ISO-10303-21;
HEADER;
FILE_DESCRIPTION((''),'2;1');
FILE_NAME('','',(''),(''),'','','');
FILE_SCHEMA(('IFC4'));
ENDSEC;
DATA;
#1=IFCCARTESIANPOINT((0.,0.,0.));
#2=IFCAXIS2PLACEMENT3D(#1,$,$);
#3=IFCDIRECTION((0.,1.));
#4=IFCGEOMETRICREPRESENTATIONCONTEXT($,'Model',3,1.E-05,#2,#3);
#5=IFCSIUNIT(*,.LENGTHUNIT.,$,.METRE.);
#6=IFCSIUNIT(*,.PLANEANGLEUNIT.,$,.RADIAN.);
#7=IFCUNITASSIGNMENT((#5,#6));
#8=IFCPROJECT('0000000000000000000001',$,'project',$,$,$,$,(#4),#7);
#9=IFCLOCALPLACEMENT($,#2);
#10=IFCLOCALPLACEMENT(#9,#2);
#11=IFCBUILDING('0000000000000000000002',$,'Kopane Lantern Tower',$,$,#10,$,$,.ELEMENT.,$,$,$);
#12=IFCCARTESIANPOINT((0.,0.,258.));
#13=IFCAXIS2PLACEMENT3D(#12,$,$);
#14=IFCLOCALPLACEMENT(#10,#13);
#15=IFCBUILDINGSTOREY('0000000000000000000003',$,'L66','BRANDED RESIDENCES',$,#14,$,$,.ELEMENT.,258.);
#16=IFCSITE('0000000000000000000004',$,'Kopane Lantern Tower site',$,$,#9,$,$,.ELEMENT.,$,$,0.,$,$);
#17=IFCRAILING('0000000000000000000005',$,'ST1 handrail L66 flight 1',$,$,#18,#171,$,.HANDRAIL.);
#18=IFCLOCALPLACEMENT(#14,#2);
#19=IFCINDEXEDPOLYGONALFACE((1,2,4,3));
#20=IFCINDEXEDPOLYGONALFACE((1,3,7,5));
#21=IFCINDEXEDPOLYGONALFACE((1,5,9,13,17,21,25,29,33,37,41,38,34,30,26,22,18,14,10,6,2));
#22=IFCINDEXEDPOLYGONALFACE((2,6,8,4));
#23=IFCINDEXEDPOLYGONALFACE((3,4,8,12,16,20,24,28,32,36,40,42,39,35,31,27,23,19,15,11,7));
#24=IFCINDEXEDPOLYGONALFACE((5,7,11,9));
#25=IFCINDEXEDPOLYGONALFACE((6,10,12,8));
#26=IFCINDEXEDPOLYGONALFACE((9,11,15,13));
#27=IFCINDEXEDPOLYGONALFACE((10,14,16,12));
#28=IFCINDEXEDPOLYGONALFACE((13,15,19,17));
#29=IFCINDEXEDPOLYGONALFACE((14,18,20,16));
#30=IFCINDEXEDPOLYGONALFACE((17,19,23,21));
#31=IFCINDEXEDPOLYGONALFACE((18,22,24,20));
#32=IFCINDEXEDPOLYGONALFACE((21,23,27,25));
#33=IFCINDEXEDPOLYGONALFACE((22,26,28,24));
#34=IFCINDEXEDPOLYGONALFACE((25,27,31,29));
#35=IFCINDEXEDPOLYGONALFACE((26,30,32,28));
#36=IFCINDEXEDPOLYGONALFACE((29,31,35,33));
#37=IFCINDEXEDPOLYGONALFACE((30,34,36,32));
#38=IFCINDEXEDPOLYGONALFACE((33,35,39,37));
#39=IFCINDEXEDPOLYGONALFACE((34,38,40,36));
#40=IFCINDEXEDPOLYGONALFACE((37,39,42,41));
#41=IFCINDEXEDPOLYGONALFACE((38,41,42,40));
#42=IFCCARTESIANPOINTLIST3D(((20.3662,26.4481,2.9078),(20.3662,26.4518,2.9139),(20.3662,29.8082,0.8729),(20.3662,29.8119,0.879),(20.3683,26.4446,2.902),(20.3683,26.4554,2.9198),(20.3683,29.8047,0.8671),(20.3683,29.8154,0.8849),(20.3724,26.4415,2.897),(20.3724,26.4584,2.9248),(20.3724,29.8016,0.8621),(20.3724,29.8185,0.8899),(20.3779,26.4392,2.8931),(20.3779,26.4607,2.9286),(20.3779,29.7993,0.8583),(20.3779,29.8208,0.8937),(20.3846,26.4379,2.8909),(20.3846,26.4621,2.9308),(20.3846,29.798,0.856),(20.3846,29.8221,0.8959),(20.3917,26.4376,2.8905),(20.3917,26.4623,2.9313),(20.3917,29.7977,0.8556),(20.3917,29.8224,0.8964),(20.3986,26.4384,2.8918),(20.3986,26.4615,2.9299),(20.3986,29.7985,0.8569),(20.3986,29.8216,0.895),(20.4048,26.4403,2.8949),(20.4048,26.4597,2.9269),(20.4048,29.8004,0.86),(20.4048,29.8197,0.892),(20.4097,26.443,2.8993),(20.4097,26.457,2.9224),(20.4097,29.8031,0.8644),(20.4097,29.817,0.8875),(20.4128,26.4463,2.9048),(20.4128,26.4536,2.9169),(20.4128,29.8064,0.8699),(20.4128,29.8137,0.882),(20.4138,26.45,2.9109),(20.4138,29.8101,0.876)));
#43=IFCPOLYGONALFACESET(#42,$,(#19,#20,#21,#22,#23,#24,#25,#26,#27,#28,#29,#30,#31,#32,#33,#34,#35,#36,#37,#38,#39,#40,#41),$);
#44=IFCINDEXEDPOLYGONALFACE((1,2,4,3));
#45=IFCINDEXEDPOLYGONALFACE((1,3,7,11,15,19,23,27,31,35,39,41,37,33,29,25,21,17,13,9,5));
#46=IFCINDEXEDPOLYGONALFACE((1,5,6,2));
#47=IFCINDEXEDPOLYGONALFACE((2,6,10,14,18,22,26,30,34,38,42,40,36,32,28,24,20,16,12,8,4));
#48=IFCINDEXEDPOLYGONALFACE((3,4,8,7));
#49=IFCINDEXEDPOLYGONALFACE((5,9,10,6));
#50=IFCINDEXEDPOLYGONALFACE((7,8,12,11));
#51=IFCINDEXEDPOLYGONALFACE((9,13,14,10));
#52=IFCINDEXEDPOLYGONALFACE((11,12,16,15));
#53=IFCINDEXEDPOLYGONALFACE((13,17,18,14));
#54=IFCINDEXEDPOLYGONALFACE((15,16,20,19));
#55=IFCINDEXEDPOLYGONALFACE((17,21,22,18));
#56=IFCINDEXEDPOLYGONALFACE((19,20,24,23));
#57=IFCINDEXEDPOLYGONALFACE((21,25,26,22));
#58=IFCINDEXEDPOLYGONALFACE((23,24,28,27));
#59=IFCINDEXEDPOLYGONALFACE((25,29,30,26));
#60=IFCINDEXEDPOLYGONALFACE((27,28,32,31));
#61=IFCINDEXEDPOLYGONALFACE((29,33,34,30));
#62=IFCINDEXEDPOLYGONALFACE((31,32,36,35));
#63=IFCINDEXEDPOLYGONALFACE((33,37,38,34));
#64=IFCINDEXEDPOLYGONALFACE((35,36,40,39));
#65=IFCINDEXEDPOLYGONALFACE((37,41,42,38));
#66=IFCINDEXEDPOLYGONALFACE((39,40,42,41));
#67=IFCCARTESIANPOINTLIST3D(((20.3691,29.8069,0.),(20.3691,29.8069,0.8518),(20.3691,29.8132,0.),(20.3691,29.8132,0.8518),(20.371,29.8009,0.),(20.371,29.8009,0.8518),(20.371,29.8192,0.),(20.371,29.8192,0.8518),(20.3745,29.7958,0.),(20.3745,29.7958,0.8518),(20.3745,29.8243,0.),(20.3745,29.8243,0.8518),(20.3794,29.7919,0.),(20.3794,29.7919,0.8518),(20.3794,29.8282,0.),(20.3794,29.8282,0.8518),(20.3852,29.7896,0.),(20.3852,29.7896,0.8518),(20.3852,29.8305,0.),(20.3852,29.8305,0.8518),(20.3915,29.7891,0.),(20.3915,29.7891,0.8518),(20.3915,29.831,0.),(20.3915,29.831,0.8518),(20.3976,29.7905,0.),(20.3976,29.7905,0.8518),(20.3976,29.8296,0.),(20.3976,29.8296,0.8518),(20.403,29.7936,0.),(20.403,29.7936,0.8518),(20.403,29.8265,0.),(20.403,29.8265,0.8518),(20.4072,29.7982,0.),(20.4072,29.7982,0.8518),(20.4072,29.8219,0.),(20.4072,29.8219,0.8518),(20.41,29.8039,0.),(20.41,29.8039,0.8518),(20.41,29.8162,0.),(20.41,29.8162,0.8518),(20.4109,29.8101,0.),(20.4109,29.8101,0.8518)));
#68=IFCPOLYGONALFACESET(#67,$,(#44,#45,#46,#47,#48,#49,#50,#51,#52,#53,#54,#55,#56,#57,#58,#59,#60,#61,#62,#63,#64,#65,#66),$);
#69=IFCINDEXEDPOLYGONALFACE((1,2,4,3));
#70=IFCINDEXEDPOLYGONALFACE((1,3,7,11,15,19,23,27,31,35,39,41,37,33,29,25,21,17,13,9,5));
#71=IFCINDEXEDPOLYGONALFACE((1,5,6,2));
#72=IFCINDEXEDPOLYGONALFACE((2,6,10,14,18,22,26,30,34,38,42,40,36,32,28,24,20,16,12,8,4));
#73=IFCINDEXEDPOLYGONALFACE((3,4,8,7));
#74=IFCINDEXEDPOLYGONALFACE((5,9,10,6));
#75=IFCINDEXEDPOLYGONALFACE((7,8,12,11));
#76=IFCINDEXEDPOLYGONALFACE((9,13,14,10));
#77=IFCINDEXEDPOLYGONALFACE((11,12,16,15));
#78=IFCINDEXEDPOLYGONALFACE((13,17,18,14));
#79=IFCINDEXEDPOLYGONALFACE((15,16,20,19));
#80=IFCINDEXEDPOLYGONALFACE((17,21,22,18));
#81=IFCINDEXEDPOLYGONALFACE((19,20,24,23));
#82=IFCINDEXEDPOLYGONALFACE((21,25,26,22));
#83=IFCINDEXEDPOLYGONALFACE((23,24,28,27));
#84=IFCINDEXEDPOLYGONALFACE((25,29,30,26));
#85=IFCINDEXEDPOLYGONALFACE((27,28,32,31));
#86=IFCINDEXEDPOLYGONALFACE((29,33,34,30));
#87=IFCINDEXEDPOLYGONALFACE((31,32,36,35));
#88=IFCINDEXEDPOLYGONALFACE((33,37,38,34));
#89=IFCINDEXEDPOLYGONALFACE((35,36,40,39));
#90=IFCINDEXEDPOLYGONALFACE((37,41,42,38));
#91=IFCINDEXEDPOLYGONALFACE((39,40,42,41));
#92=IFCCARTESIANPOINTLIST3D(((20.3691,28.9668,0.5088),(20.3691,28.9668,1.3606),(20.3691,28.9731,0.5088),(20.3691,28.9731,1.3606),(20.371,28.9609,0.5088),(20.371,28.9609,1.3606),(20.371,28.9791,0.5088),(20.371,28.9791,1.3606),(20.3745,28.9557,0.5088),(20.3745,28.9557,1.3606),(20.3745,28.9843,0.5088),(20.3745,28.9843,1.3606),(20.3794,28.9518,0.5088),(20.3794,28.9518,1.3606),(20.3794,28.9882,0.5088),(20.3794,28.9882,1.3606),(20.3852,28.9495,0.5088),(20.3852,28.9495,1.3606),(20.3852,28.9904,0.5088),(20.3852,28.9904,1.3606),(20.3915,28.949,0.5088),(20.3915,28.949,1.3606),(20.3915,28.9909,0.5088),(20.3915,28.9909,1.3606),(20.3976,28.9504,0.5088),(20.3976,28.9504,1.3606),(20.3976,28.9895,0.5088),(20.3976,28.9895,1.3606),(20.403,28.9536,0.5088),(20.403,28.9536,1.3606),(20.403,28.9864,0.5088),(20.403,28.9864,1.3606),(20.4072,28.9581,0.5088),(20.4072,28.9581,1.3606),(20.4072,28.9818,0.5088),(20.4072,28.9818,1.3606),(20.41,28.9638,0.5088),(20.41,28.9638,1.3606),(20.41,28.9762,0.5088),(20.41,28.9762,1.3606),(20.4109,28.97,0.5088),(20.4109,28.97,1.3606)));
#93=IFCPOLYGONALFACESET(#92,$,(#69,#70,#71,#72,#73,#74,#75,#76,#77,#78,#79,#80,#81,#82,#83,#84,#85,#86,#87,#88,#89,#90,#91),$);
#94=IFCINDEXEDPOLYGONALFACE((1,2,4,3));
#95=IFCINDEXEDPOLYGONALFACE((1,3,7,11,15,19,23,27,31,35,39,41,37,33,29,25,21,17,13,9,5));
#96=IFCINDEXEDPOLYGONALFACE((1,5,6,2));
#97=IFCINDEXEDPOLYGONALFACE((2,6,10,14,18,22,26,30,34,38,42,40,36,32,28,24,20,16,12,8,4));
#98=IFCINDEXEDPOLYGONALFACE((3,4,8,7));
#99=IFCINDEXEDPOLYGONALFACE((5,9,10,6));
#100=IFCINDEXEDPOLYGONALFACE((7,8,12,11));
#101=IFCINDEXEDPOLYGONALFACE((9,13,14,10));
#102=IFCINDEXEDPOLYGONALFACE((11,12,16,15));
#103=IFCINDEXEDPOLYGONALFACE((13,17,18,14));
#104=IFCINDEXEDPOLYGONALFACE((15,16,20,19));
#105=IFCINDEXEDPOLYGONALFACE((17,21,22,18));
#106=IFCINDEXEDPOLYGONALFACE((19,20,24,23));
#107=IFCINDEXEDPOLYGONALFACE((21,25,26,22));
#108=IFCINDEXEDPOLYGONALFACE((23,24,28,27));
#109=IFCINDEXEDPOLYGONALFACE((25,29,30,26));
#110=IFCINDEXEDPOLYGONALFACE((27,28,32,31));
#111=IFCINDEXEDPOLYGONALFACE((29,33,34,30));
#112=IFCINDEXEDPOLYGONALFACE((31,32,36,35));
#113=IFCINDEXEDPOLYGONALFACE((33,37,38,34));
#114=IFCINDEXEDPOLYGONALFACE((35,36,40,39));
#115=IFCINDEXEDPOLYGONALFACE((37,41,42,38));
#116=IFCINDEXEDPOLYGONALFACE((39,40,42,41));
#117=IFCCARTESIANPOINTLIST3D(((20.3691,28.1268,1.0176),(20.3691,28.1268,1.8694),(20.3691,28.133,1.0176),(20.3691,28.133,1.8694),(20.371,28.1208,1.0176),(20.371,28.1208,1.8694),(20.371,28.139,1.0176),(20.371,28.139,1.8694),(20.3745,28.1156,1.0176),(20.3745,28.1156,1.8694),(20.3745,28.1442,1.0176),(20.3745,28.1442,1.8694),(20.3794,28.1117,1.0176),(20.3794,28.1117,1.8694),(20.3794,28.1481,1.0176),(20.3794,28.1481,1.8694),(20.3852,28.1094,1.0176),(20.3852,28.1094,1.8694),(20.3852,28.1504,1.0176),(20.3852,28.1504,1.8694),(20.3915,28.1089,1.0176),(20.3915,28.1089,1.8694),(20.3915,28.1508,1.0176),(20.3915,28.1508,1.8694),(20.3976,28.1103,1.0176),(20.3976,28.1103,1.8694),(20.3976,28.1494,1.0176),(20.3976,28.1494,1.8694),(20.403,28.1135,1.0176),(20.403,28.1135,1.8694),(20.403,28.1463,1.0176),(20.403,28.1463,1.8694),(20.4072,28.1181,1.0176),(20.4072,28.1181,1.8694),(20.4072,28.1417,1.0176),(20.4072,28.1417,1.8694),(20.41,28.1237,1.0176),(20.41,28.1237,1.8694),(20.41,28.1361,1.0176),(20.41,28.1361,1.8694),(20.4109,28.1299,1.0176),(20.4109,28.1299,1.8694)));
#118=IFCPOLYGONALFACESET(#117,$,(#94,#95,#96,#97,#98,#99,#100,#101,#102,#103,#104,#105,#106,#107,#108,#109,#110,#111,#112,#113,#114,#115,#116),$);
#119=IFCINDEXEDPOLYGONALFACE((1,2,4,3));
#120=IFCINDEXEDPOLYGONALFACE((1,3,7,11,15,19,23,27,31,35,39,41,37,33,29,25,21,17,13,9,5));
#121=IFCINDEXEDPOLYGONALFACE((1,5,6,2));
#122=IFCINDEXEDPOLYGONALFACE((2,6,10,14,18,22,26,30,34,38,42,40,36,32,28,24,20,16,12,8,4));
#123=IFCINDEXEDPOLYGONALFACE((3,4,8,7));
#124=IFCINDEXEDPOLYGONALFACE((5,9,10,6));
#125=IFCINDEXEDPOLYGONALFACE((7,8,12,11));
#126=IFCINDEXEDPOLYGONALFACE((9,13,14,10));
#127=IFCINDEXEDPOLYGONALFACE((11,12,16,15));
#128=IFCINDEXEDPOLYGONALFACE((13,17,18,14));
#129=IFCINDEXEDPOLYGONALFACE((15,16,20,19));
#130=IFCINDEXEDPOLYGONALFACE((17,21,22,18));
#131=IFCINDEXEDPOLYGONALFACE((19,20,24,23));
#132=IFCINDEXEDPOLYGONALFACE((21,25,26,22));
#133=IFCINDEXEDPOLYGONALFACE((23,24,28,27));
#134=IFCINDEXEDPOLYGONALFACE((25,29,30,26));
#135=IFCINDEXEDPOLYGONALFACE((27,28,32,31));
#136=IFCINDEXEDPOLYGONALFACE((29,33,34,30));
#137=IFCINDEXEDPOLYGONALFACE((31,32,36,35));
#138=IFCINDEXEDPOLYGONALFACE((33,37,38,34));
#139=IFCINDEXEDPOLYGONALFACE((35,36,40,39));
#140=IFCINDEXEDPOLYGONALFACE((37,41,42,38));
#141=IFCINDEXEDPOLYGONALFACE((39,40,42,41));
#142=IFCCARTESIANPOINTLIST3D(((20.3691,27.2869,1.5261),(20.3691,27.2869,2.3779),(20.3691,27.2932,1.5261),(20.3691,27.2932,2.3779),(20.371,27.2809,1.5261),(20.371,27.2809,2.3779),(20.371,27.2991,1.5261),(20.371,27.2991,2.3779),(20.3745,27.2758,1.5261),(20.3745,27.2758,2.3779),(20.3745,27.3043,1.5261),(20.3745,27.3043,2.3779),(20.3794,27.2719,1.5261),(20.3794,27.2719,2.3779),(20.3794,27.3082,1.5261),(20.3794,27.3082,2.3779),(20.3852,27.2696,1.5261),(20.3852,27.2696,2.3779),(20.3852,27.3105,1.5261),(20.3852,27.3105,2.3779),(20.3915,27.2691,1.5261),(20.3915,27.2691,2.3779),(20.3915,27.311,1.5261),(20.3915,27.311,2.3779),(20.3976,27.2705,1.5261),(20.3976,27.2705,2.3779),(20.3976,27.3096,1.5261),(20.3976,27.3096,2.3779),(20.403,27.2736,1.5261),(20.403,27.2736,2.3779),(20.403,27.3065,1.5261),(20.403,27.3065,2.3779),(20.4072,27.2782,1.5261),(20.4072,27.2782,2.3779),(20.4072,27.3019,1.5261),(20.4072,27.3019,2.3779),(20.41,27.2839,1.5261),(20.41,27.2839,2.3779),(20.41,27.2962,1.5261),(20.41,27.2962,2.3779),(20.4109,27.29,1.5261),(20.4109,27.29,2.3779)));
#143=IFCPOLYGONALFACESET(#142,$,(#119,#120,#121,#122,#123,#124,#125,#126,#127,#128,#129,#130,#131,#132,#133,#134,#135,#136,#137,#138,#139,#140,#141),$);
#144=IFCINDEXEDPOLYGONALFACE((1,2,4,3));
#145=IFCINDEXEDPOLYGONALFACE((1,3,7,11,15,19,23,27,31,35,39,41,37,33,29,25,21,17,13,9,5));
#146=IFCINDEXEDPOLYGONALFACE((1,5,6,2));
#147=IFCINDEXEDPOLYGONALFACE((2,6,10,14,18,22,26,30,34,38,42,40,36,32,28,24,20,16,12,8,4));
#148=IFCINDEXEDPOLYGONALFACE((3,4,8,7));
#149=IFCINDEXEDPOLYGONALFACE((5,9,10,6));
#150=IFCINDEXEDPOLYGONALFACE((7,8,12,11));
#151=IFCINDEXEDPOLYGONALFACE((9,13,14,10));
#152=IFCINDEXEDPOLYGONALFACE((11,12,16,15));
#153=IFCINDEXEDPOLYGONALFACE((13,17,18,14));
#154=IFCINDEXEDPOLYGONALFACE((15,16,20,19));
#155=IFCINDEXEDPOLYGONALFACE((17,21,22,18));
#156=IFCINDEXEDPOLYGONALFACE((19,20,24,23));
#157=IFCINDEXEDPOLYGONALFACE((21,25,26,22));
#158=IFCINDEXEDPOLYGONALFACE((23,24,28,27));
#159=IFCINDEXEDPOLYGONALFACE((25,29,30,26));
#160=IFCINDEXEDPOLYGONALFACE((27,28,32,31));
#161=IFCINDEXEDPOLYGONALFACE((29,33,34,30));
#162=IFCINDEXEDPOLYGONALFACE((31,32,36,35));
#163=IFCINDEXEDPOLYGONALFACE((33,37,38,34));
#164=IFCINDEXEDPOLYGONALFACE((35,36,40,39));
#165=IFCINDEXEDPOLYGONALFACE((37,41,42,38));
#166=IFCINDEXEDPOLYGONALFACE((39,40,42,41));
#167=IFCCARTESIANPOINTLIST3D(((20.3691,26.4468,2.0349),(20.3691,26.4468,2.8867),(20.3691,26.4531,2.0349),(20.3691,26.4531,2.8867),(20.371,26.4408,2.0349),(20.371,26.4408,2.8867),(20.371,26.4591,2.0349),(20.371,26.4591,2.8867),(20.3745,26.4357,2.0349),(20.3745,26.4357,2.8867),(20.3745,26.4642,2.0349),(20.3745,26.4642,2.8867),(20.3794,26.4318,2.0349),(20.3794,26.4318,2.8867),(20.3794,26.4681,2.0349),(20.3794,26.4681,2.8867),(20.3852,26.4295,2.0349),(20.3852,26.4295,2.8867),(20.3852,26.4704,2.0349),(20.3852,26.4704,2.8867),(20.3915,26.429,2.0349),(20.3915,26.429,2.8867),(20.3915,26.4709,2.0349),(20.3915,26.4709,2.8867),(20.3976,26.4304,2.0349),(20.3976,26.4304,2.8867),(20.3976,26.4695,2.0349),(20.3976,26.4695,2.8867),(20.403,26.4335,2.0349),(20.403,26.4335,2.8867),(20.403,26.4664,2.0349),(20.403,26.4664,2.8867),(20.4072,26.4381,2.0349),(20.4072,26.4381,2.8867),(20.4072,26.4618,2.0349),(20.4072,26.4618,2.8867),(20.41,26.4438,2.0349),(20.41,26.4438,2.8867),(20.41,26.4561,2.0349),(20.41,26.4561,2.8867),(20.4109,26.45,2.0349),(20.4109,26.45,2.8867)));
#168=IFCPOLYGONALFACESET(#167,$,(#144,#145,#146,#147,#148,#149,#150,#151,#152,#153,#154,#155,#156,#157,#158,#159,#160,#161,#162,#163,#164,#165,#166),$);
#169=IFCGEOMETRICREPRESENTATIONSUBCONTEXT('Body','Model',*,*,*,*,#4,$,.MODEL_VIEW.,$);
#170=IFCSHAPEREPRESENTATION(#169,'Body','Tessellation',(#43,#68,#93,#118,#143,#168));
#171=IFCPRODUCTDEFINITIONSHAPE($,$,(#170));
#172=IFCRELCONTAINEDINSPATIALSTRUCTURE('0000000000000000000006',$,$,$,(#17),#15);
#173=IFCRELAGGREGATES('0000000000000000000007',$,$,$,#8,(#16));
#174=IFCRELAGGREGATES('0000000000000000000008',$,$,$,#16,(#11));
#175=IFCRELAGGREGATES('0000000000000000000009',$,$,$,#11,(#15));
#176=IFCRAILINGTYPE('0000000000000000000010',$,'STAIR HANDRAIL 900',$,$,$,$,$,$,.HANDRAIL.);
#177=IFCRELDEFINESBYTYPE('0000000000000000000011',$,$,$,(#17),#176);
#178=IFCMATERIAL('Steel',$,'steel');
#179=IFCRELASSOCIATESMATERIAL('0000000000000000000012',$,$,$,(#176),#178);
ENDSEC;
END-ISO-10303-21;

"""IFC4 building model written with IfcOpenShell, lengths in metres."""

from ifc_helpers import new_model, si_unit, direction, frame, origin, origin_2d, place, context, subcontext, project, spatial, circle, extrude, material, type_object, element, save


model = new_model("IFC4")

# Units and contexts
model_context = context("Model", 3, precision=1e-05, world=origin(), true_north=direction((0.0, 1.0)))
body_context = subcontext(model_context, "Body", "Model", "MODEL_VIEW")
ifc_project = project(units=[si_unit("LENGTHUNIT", "METRE"), si_unit("PLANEANGLEUNIT", "RADIAN")], contexts=[model_context])

# Site, building, storey
site_placement = place(None, origin())
site = spatial("IfcSite", under=ifc_project, at=site_placement, Name="Kopane Lantern Tower site", CompositionType="ELEMENT", RefElevation=0.0)
building_placement = place(site_placement, origin())
building = spatial("IfcBuilding", under=site, at=building_placement, Name="Kopane Lantern Tower", CompositionType="ELEMENT")
storey_placement = place(building_placement, frame((0.0, 0.0, 258.0)))
storey = spatial("IfcBuildingStorey", under=building, at=storey_placement, Name="L66", Description="BRANDED RESIDENCES", CompositionType="ELEMENT", Elevation=258.0)

# Railing
ifc_material_1 = material(Name="Steel", Category="steel")
railing_type_1 = type_object("IfcRailingType", Name="STAIR HANDRAIL 900", PredefinedType="HANDRAIL", material=ifc_material_1)
for number, where, name in (
    (1, (20.3899, 29.8101, 0.0), "ST1 handrail L66 flight 1"),
):
    element("IfcRailing", number, at=place(storey_placement, frame(where)), inside=storey, type_object=railing_type_1, Name=name, PredefinedType="HANDRAIL", context=body_context, shape_type="SweptSolid", body=[
        extrude(circle(Radius=0.0239, at=origin_2d()), frame((0.0, 0.0, 0.876), z_axis=(0.0, -0.855369, 0.518019), x_axis=(1.0, 0.0, 0.0)), (0.0, 0.0, 1.0), 3.9282),
        extrude(circle(Radius=0.021, at=origin_2d()), origin(), (0.0, 0.0, 1.0), 0.8518),
        extrude(circle(Radius=0.021, at=origin_2d()), frame((0.0, -0.8401, 0.5088)), (0.0, 0.0, 1.0), 0.8518),
        extrude(circle(Radius=0.021, at=origin_2d()), frame((0.0, -1.6802, 1.0176)), (0.0, 0.0, 1.0), 0.8518),
        extrude(circle(Radius=0.021, at=origin_2d()), frame((0.0, -2.52, 1.5261)), (0.0, 0.0, 1.0), 0.8518),
        extrude(circle(Radius=0.021, at=origin_2d()), frame((0.0, -3.3601, 2.0349)), (0.0, 0.0, 1.0), 0.8518),
    ])

save(model, "model.ifc")
